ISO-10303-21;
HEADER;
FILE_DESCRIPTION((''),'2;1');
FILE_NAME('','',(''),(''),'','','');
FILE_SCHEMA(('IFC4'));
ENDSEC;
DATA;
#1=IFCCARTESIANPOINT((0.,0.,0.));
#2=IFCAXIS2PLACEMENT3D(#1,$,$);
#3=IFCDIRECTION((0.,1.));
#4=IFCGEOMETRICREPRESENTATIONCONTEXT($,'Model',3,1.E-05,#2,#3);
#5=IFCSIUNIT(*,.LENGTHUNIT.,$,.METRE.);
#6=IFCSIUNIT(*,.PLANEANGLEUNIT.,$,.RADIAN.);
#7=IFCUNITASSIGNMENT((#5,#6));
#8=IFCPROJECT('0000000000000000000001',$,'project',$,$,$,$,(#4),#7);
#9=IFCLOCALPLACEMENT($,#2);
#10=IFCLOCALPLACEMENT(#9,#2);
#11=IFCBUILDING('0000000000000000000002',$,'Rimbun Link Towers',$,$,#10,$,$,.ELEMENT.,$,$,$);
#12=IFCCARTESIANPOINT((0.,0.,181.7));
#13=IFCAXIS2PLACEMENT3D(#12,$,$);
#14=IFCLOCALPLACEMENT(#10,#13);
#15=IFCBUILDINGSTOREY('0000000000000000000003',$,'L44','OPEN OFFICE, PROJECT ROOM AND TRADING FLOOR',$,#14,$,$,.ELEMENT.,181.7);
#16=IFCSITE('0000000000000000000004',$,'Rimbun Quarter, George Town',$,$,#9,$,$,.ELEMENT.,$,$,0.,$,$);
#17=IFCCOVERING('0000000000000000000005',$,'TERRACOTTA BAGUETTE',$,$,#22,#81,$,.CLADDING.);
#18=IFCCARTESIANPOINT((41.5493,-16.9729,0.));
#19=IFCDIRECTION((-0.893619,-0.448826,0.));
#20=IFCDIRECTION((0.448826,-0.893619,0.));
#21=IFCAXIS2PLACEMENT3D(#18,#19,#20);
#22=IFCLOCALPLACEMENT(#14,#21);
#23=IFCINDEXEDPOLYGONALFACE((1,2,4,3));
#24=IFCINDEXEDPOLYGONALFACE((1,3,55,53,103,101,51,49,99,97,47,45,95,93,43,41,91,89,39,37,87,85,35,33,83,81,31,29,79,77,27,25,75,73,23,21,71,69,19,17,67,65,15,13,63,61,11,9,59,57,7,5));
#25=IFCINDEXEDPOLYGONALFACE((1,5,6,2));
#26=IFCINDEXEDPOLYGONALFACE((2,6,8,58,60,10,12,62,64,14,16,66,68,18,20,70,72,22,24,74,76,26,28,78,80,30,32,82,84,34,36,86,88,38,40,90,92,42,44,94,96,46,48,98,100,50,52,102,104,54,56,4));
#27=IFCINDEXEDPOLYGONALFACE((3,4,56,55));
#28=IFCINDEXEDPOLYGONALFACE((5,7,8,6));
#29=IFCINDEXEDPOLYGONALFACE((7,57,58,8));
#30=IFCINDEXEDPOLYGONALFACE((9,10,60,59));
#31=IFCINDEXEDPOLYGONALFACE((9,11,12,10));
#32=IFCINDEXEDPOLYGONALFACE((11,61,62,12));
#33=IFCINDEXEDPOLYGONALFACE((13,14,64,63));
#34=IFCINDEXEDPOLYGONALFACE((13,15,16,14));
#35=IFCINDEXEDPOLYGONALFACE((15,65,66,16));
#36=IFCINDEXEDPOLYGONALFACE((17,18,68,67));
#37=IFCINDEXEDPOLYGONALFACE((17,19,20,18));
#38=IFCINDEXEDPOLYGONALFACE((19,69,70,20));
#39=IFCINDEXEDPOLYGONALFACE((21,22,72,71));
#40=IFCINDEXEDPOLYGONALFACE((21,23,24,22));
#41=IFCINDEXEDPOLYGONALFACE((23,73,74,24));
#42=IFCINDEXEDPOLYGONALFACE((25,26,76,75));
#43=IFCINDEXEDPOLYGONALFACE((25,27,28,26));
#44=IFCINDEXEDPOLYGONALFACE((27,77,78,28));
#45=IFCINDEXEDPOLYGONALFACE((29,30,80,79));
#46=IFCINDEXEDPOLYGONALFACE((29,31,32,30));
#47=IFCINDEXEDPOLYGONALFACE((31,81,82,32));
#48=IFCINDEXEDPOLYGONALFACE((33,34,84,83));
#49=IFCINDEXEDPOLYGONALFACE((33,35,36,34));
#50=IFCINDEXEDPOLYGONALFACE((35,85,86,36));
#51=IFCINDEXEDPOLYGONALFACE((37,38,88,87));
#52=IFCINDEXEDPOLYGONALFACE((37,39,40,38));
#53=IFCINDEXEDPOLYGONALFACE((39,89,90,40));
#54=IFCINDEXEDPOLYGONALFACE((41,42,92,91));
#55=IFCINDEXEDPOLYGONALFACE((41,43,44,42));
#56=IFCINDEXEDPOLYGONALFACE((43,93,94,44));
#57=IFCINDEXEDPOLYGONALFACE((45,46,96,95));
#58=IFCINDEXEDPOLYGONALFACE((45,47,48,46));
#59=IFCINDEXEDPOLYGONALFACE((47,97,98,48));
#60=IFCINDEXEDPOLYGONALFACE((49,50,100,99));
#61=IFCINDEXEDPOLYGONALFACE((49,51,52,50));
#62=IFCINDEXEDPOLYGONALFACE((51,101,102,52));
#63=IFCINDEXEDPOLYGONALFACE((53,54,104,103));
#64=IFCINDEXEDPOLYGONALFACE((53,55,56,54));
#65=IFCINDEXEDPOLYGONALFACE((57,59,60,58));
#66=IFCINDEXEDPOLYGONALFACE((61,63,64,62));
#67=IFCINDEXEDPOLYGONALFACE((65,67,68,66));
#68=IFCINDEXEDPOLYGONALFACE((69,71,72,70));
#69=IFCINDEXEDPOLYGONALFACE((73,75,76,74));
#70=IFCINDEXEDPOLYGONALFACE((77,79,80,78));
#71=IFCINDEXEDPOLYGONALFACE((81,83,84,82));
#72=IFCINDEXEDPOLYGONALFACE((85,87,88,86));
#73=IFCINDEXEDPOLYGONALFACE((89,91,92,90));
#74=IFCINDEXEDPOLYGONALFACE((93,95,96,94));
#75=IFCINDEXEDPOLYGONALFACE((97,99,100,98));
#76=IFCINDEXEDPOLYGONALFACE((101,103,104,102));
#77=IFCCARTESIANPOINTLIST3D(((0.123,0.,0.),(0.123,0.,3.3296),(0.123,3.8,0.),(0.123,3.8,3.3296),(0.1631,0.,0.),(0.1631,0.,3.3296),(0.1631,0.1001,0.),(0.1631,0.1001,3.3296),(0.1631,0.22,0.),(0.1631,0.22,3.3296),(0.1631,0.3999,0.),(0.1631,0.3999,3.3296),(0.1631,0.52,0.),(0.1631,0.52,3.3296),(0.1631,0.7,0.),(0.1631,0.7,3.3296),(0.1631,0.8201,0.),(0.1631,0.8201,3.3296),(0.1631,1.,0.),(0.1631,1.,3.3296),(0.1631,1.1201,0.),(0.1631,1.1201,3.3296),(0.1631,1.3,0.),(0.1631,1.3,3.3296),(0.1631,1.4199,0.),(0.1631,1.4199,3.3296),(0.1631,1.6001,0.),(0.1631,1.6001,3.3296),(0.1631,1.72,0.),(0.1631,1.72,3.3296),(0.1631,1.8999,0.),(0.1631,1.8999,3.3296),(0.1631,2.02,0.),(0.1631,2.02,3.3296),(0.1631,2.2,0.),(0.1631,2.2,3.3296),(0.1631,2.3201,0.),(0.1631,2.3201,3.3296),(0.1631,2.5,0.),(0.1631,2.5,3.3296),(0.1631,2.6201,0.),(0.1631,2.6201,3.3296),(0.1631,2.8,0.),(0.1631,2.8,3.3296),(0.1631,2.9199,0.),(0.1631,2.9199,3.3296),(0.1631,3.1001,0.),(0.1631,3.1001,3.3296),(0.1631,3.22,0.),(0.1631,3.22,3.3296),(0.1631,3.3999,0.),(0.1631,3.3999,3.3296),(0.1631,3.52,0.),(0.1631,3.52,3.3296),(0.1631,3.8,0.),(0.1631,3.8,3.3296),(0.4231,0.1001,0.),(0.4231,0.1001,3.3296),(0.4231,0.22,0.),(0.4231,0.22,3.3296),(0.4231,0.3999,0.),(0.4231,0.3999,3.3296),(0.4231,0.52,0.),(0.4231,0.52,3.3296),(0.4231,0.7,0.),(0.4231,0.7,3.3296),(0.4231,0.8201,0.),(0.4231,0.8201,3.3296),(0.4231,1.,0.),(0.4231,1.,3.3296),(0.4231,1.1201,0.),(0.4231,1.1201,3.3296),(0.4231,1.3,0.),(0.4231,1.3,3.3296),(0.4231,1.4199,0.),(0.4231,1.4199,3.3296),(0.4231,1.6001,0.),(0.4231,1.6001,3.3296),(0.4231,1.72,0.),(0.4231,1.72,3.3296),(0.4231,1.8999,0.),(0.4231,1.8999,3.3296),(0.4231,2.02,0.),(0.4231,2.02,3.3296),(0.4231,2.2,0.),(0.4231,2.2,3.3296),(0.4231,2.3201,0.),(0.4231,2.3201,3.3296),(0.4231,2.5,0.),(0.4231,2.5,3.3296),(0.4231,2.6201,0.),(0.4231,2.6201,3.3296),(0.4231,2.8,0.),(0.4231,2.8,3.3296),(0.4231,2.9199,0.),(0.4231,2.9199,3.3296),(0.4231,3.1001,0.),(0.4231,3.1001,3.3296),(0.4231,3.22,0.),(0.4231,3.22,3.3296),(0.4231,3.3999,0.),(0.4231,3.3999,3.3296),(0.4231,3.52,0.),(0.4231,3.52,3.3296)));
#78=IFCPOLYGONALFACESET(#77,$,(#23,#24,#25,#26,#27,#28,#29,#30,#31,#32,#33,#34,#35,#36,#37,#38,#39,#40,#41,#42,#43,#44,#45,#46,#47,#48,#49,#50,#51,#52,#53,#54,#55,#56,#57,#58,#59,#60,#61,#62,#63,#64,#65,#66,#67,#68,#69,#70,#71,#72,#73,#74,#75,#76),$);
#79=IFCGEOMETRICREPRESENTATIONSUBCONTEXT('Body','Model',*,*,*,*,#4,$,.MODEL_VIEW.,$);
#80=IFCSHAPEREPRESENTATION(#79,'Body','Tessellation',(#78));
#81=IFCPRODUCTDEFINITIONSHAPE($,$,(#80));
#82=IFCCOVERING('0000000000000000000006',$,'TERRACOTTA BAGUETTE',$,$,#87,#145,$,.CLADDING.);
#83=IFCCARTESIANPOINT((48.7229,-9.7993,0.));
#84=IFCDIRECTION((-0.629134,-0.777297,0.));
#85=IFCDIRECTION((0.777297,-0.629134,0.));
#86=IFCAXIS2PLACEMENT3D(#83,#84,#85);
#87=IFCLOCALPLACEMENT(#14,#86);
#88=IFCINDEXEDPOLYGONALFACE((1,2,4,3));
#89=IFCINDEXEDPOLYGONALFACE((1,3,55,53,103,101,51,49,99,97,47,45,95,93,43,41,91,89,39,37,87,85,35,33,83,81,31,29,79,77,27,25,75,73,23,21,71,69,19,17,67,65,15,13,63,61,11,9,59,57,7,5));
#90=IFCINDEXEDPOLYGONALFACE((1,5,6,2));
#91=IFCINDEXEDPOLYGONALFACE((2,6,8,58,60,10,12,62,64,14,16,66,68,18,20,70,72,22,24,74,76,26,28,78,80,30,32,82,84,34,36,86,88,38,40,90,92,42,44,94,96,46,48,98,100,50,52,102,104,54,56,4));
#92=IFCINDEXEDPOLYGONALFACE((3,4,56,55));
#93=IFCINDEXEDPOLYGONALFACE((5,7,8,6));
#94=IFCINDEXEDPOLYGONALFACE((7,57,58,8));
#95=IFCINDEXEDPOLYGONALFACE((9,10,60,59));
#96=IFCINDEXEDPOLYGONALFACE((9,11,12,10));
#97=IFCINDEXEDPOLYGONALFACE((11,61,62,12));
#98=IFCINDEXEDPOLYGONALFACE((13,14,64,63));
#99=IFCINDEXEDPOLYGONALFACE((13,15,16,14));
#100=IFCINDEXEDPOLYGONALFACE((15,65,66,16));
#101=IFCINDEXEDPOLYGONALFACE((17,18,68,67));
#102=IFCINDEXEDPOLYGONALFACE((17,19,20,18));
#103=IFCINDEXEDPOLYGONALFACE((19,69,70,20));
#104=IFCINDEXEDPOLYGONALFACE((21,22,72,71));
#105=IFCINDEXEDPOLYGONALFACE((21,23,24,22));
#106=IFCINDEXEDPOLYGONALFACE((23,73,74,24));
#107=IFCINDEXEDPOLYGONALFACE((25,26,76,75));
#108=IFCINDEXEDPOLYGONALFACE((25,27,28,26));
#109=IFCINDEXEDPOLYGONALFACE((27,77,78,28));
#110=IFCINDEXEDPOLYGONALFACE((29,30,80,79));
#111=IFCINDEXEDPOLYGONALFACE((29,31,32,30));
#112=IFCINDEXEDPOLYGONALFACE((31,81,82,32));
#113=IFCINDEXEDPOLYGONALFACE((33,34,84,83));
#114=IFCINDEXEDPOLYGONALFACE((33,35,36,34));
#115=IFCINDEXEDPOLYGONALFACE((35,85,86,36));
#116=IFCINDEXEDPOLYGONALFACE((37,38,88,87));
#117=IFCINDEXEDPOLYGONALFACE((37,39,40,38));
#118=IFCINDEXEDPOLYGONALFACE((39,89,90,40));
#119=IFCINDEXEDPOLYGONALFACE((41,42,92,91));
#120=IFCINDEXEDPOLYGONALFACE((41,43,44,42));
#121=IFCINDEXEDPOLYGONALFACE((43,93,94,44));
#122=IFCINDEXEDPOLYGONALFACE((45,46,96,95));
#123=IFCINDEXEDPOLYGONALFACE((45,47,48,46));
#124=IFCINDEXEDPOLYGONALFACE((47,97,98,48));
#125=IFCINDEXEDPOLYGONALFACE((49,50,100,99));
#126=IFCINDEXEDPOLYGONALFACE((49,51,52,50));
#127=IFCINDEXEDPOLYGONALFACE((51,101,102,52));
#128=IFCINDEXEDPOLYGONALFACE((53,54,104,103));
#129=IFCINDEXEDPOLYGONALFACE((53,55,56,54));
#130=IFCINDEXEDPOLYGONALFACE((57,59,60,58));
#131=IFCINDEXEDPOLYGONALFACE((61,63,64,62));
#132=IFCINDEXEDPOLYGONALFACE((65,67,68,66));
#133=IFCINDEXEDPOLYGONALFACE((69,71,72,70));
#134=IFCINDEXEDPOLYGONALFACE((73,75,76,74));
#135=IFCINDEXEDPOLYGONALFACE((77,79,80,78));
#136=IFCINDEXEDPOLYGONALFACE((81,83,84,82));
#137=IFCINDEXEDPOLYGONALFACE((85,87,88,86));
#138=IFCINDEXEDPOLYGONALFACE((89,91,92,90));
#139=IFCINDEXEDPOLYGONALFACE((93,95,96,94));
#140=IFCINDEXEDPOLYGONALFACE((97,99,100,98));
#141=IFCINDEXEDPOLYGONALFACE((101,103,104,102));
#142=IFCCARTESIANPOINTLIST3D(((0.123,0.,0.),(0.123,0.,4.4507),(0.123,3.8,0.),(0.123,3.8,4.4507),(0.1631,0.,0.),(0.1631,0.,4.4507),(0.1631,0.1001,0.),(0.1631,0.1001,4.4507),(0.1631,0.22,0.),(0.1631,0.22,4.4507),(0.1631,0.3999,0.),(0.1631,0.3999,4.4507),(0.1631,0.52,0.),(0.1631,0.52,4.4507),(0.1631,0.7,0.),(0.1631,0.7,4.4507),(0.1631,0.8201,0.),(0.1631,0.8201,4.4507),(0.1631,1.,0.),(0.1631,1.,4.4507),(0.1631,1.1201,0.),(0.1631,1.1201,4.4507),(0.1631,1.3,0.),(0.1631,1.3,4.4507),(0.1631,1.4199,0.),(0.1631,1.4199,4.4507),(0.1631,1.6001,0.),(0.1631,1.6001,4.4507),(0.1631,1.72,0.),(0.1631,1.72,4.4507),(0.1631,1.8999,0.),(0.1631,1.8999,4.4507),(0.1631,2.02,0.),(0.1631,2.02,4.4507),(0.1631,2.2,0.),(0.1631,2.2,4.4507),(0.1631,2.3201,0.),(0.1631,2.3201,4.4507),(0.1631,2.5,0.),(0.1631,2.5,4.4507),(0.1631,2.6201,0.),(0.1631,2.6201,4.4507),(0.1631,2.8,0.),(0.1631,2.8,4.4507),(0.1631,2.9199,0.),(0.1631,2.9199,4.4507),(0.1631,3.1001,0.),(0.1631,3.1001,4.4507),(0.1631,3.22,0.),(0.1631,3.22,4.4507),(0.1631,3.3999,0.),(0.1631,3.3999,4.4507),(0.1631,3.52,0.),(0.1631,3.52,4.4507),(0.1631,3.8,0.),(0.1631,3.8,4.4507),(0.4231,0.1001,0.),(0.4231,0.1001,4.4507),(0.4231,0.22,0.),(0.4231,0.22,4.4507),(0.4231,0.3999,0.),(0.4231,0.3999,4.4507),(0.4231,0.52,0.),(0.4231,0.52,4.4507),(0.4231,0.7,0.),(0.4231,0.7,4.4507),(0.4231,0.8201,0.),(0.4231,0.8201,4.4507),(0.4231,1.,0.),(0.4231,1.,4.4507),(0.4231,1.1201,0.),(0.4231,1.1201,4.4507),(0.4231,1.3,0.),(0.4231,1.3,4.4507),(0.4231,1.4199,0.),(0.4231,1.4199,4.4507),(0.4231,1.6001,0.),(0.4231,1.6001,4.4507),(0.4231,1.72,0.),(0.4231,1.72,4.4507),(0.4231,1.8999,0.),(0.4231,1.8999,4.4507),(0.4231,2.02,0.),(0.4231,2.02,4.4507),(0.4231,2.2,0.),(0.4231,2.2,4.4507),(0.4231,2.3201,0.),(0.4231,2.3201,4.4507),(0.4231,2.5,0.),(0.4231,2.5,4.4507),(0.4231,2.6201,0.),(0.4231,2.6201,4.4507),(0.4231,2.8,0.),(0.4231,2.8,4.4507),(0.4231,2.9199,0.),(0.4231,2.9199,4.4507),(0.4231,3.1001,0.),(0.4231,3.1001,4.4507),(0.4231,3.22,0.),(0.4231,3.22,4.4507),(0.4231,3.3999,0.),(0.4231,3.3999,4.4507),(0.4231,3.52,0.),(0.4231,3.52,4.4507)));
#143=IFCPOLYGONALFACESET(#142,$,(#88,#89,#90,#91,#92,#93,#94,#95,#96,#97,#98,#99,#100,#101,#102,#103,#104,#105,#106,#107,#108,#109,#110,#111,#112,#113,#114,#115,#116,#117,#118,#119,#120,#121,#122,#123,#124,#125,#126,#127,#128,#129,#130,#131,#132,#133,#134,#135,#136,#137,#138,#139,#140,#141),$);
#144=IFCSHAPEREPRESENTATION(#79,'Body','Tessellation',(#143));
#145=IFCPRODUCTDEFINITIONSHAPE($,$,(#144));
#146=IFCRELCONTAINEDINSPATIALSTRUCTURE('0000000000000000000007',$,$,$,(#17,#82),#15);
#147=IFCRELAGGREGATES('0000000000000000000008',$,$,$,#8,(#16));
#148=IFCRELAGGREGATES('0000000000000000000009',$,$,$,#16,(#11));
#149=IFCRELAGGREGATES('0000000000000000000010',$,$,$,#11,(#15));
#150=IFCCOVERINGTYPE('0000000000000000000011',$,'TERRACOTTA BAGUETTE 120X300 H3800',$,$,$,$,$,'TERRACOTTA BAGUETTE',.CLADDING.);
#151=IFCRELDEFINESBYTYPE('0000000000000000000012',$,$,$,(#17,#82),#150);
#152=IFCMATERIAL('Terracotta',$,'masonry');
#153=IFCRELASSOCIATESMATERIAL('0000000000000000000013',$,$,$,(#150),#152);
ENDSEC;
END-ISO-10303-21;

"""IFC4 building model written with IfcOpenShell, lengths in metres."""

from ifc_helpers import new_model, si_unit, direction, frame, origin, place, context, subcontext, project, spatial, polyline, outline, extrude, material, material_profile, profile_set, type_object, element, save


model = new_model("IFC4")

# Units and contexts
model_context = context("Model", 3, precision=1e-05, world=origin(), true_north=direction((0.0, 1.0)))
body_context = subcontext(model_context, "Body", "Model", "MODEL_VIEW")
ifc_project = project(units=[si_unit("LENGTHUNIT", "METRE"), si_unit("PLANEANGLEUNIT", "RADIAN")], contexts=[model_context])

# Site, building, storey
site_placement = place(None, origin())
site = spatial("IfcSite", under=ifc_project, at=site_placement, Name="Rimbun Quarter, George Town", CompositionType="ELEMENT", RefElevation=0.0)
building_placement = place(site_placement, origin())
building = spatial("IfcBuilding", under=site, at=building_placement, Name="Rimbun Link Towers", CompositionType="ELEMENT")
storey_placement = place(building_placement, frame((0.0, 0.0, 181.7)))
storey = spatial("IfcBuildingStorey", under=building, at=storey_placement, Name="L44", Description="OPEN OFFICE, PROJECT ROOM AND TRADING FLOOR", CompositionType="ELEMENT", Elevation=181.7)

# Coverings
ifc_material_1 = material(Name="Terracotta", Category="masonry")
ifc_material_profile_1 = material_profile(ifc_material_1, outline(polyline([(0.123, 0.0), (0.1631, 0.0), (0.1631, 0.1001), (0.4231, 0.1001), (0.4231, 0.22), (0.1631, 0.22), (0.1631, 0.3999), (0.4231, 0.3999), (0.4231, 0.52), (0.1631, 0.52), (0.1631, 0.7), (0.4231, 0.7), (0.4231, 0.8201), (0.1631, 0.8201), (0.1631, 1.0), (0.4231, 1.0), (0.4231, 1.1201), (0.1631, 1.1201), (0.1631, 1.3), (0.4231, 1.3), (0.4231, 1.4199), (0.1631, 1.4199), (0.1631, 1.6001), (0.4231, 1.6001), (0.4231, 1.72), (0.1631, 1.72), (0.1631, 1.8999), (0.4231, 1.8999), (0.4231, 2.02), (0.1631, 2.02), (0.1631, 2.2), (0.4231, 2.2), (0.4231, 2.3201), (0.1631, 2.3201), (0.1631, 2.5), (0.4231, 2.5), (0.4231, 2.6201), (0.1631, 2.6201), (0.1631, 2.8), (0.4231, 2.8), (0.4231, 2.9199), (0.1631, 2.9199), (0.1631, 3.1001), (0.4231, 3.1001), (0.4231, 3.22), (0.1631, 3.22), (0.1631, 3.3999), (0.4231, 3.3999), (0.4231, 3.52), (0.1631, 3.52), (0.1631, 3.8), (0.123, 3.8), (0.123, 0.0)])), Name="BAGUETTE 120X300")
ifc_profile_set_1 = profile_set([ifc_material_profile_1], Name="Terracotta")
covering_type = type_object("IfcCoveringType", Name="TERRACOTTA BAGUETTE 120X300 H3800", ElementType="TERRACOTTA BAGUETTE", PredefinedType="CLADDING", material=ifc_profile_set_1)
covering_1_placement = place(storey_placement, frame((41.5493, -16.9729, 0.0), z_axis=(-0.893619, -0.448826, 0.0), x_axis=(0.448826, -0.893619, 0.0)))
element("IfcCovering", 1, at=covering_1_placement, inside=storey, type_object=covering_type, Name="TERRACOTTA BAGUETTE", PredefinedType="CLADDING", context=body_context, shape_type="SweptSolid", body=[
    extrude(outline(polyline([(0.123, 0.0), (0.1631, 0.0), (0.1631, 0.1001), (0.4231, 0.1001), (0.4231, 0.22), (0.1631, 0.22), (0.1631, 0.3999), (0.4231, 0.3999), (0.4231, 0.52), (0.1631, 0.52), (0.1631, 0.7), (0.4231, 0.7), (0.4231, 0.8201), (0.1631, 0.8201), (0.1631, 1.0), (0.4231, 1.0), (0.4231, 1.1201), (0.1631, 1.1201), (0.1631, 1.3), (0.4231, 1.3), (0.4231, 1.4199), (0.1631, 1.4199), (0.1631, 1.6001), (0.4231, 1.6001), (0.4231, 1.72), (0.1631, 1.72), (0.1631, 1.8999), (0.4231, 1.8999), (0.4231, 2.02), (0.1631, 2.02), (0.1631, 2.2), (0.4231, 2.2), (0.4231, 2.3201), (0.1631, 2.3201), (0.1631, 2.5), (0.4231, 2.5), (0.4231, 2.6201), (0.1631, 2.6201), (0.1631, 2.8), (0.4231, 2.8), (0.4231, 2.9199), (0.1631, 2.9199), (0.1631, 3.1001), (0.4231, 3.1001), (0.4231, 3.22), (0.1631, 3.22), (0.1631, 3.3999), (0.4231, 3.3999), (0.4231, 3.52), (0.1631, 3.52), (0.1631, 3.8), (0.123, 3.8), (0.123, 0.0)])), origin(), (0.0, 0.0, 1.0), 3.3296),
])
covering_2_placement = place(storey_placement, frame((48.7229, -9.7993, 0.0), z_axis=(-0.629134, -0.777297, 0.0), x_axis=(0.777297, -0.629134, 0.0)))
element("IfcCovering", 2, at=covering_2_placement, inside=storey, type_object=covering_type, Name="TERRACOTTA BAGUETTE", PredefinedType="CLADDING", context=body_context, shape_type="SweptSolid", body=[
    extrude(outline(polyline([(0.123, 0.0), (0.1631, 0.0), (0.1631, 0.1001), (0.4231, 0.1001), (0.4231, 0.22), (0.1631, 0.22), (0.1631, 0.3999), (0.4231, 0.3999), (0.4231, 0.52), (0.1631, 0.52), (0.1631, 0.7), (0.4231, 0.7), (0.4231, 0.8201), (0.1631, 0.8201), (0.1631, 1.0), (0.4231, 1.0), (0.4231, 1.1201), (0.1631, 1.1201), (0.1631, 1.3), (0.4231, 1.3), (0.4231, 1.4199), (0.1631, 1.4199), (0.1631, 1.6001), (0.4231, 1.6001), (0.4231, 1.72), (0.1631, 1.72), (0.1631, 1.8999), (0.4231, 1.8999), (0.4231, 2.02), (0.1631, 2.02), (0.1631, 2.2), (0.4231, 2.2), (0.4231, 2.3201), (0.1631, 2.3201), (0.1631, 2.5), (0.4231, 2.5), (0.4231, 2.6201), (0.1631, 2.6201), (0.1631, 2.8), (0.4231, 2.8), (0.4231, 2.9199), (0.1631, 2.9199), (0.1631, 3.1001), (0.4231, 3.1001), (0.4231, 3.22), (0.1631, 3.22), (0.1631, 3.3999), (0.4231, 3.3999), (0.4231, 3.52), (0.1631, 3.52), (0.1631, 3.8), (0.123, 3.8), (0.123, 0.0)])), origin(), (0.0, 0.0, 1.0), 4.4507),
])

save(model, "model.ifc")
